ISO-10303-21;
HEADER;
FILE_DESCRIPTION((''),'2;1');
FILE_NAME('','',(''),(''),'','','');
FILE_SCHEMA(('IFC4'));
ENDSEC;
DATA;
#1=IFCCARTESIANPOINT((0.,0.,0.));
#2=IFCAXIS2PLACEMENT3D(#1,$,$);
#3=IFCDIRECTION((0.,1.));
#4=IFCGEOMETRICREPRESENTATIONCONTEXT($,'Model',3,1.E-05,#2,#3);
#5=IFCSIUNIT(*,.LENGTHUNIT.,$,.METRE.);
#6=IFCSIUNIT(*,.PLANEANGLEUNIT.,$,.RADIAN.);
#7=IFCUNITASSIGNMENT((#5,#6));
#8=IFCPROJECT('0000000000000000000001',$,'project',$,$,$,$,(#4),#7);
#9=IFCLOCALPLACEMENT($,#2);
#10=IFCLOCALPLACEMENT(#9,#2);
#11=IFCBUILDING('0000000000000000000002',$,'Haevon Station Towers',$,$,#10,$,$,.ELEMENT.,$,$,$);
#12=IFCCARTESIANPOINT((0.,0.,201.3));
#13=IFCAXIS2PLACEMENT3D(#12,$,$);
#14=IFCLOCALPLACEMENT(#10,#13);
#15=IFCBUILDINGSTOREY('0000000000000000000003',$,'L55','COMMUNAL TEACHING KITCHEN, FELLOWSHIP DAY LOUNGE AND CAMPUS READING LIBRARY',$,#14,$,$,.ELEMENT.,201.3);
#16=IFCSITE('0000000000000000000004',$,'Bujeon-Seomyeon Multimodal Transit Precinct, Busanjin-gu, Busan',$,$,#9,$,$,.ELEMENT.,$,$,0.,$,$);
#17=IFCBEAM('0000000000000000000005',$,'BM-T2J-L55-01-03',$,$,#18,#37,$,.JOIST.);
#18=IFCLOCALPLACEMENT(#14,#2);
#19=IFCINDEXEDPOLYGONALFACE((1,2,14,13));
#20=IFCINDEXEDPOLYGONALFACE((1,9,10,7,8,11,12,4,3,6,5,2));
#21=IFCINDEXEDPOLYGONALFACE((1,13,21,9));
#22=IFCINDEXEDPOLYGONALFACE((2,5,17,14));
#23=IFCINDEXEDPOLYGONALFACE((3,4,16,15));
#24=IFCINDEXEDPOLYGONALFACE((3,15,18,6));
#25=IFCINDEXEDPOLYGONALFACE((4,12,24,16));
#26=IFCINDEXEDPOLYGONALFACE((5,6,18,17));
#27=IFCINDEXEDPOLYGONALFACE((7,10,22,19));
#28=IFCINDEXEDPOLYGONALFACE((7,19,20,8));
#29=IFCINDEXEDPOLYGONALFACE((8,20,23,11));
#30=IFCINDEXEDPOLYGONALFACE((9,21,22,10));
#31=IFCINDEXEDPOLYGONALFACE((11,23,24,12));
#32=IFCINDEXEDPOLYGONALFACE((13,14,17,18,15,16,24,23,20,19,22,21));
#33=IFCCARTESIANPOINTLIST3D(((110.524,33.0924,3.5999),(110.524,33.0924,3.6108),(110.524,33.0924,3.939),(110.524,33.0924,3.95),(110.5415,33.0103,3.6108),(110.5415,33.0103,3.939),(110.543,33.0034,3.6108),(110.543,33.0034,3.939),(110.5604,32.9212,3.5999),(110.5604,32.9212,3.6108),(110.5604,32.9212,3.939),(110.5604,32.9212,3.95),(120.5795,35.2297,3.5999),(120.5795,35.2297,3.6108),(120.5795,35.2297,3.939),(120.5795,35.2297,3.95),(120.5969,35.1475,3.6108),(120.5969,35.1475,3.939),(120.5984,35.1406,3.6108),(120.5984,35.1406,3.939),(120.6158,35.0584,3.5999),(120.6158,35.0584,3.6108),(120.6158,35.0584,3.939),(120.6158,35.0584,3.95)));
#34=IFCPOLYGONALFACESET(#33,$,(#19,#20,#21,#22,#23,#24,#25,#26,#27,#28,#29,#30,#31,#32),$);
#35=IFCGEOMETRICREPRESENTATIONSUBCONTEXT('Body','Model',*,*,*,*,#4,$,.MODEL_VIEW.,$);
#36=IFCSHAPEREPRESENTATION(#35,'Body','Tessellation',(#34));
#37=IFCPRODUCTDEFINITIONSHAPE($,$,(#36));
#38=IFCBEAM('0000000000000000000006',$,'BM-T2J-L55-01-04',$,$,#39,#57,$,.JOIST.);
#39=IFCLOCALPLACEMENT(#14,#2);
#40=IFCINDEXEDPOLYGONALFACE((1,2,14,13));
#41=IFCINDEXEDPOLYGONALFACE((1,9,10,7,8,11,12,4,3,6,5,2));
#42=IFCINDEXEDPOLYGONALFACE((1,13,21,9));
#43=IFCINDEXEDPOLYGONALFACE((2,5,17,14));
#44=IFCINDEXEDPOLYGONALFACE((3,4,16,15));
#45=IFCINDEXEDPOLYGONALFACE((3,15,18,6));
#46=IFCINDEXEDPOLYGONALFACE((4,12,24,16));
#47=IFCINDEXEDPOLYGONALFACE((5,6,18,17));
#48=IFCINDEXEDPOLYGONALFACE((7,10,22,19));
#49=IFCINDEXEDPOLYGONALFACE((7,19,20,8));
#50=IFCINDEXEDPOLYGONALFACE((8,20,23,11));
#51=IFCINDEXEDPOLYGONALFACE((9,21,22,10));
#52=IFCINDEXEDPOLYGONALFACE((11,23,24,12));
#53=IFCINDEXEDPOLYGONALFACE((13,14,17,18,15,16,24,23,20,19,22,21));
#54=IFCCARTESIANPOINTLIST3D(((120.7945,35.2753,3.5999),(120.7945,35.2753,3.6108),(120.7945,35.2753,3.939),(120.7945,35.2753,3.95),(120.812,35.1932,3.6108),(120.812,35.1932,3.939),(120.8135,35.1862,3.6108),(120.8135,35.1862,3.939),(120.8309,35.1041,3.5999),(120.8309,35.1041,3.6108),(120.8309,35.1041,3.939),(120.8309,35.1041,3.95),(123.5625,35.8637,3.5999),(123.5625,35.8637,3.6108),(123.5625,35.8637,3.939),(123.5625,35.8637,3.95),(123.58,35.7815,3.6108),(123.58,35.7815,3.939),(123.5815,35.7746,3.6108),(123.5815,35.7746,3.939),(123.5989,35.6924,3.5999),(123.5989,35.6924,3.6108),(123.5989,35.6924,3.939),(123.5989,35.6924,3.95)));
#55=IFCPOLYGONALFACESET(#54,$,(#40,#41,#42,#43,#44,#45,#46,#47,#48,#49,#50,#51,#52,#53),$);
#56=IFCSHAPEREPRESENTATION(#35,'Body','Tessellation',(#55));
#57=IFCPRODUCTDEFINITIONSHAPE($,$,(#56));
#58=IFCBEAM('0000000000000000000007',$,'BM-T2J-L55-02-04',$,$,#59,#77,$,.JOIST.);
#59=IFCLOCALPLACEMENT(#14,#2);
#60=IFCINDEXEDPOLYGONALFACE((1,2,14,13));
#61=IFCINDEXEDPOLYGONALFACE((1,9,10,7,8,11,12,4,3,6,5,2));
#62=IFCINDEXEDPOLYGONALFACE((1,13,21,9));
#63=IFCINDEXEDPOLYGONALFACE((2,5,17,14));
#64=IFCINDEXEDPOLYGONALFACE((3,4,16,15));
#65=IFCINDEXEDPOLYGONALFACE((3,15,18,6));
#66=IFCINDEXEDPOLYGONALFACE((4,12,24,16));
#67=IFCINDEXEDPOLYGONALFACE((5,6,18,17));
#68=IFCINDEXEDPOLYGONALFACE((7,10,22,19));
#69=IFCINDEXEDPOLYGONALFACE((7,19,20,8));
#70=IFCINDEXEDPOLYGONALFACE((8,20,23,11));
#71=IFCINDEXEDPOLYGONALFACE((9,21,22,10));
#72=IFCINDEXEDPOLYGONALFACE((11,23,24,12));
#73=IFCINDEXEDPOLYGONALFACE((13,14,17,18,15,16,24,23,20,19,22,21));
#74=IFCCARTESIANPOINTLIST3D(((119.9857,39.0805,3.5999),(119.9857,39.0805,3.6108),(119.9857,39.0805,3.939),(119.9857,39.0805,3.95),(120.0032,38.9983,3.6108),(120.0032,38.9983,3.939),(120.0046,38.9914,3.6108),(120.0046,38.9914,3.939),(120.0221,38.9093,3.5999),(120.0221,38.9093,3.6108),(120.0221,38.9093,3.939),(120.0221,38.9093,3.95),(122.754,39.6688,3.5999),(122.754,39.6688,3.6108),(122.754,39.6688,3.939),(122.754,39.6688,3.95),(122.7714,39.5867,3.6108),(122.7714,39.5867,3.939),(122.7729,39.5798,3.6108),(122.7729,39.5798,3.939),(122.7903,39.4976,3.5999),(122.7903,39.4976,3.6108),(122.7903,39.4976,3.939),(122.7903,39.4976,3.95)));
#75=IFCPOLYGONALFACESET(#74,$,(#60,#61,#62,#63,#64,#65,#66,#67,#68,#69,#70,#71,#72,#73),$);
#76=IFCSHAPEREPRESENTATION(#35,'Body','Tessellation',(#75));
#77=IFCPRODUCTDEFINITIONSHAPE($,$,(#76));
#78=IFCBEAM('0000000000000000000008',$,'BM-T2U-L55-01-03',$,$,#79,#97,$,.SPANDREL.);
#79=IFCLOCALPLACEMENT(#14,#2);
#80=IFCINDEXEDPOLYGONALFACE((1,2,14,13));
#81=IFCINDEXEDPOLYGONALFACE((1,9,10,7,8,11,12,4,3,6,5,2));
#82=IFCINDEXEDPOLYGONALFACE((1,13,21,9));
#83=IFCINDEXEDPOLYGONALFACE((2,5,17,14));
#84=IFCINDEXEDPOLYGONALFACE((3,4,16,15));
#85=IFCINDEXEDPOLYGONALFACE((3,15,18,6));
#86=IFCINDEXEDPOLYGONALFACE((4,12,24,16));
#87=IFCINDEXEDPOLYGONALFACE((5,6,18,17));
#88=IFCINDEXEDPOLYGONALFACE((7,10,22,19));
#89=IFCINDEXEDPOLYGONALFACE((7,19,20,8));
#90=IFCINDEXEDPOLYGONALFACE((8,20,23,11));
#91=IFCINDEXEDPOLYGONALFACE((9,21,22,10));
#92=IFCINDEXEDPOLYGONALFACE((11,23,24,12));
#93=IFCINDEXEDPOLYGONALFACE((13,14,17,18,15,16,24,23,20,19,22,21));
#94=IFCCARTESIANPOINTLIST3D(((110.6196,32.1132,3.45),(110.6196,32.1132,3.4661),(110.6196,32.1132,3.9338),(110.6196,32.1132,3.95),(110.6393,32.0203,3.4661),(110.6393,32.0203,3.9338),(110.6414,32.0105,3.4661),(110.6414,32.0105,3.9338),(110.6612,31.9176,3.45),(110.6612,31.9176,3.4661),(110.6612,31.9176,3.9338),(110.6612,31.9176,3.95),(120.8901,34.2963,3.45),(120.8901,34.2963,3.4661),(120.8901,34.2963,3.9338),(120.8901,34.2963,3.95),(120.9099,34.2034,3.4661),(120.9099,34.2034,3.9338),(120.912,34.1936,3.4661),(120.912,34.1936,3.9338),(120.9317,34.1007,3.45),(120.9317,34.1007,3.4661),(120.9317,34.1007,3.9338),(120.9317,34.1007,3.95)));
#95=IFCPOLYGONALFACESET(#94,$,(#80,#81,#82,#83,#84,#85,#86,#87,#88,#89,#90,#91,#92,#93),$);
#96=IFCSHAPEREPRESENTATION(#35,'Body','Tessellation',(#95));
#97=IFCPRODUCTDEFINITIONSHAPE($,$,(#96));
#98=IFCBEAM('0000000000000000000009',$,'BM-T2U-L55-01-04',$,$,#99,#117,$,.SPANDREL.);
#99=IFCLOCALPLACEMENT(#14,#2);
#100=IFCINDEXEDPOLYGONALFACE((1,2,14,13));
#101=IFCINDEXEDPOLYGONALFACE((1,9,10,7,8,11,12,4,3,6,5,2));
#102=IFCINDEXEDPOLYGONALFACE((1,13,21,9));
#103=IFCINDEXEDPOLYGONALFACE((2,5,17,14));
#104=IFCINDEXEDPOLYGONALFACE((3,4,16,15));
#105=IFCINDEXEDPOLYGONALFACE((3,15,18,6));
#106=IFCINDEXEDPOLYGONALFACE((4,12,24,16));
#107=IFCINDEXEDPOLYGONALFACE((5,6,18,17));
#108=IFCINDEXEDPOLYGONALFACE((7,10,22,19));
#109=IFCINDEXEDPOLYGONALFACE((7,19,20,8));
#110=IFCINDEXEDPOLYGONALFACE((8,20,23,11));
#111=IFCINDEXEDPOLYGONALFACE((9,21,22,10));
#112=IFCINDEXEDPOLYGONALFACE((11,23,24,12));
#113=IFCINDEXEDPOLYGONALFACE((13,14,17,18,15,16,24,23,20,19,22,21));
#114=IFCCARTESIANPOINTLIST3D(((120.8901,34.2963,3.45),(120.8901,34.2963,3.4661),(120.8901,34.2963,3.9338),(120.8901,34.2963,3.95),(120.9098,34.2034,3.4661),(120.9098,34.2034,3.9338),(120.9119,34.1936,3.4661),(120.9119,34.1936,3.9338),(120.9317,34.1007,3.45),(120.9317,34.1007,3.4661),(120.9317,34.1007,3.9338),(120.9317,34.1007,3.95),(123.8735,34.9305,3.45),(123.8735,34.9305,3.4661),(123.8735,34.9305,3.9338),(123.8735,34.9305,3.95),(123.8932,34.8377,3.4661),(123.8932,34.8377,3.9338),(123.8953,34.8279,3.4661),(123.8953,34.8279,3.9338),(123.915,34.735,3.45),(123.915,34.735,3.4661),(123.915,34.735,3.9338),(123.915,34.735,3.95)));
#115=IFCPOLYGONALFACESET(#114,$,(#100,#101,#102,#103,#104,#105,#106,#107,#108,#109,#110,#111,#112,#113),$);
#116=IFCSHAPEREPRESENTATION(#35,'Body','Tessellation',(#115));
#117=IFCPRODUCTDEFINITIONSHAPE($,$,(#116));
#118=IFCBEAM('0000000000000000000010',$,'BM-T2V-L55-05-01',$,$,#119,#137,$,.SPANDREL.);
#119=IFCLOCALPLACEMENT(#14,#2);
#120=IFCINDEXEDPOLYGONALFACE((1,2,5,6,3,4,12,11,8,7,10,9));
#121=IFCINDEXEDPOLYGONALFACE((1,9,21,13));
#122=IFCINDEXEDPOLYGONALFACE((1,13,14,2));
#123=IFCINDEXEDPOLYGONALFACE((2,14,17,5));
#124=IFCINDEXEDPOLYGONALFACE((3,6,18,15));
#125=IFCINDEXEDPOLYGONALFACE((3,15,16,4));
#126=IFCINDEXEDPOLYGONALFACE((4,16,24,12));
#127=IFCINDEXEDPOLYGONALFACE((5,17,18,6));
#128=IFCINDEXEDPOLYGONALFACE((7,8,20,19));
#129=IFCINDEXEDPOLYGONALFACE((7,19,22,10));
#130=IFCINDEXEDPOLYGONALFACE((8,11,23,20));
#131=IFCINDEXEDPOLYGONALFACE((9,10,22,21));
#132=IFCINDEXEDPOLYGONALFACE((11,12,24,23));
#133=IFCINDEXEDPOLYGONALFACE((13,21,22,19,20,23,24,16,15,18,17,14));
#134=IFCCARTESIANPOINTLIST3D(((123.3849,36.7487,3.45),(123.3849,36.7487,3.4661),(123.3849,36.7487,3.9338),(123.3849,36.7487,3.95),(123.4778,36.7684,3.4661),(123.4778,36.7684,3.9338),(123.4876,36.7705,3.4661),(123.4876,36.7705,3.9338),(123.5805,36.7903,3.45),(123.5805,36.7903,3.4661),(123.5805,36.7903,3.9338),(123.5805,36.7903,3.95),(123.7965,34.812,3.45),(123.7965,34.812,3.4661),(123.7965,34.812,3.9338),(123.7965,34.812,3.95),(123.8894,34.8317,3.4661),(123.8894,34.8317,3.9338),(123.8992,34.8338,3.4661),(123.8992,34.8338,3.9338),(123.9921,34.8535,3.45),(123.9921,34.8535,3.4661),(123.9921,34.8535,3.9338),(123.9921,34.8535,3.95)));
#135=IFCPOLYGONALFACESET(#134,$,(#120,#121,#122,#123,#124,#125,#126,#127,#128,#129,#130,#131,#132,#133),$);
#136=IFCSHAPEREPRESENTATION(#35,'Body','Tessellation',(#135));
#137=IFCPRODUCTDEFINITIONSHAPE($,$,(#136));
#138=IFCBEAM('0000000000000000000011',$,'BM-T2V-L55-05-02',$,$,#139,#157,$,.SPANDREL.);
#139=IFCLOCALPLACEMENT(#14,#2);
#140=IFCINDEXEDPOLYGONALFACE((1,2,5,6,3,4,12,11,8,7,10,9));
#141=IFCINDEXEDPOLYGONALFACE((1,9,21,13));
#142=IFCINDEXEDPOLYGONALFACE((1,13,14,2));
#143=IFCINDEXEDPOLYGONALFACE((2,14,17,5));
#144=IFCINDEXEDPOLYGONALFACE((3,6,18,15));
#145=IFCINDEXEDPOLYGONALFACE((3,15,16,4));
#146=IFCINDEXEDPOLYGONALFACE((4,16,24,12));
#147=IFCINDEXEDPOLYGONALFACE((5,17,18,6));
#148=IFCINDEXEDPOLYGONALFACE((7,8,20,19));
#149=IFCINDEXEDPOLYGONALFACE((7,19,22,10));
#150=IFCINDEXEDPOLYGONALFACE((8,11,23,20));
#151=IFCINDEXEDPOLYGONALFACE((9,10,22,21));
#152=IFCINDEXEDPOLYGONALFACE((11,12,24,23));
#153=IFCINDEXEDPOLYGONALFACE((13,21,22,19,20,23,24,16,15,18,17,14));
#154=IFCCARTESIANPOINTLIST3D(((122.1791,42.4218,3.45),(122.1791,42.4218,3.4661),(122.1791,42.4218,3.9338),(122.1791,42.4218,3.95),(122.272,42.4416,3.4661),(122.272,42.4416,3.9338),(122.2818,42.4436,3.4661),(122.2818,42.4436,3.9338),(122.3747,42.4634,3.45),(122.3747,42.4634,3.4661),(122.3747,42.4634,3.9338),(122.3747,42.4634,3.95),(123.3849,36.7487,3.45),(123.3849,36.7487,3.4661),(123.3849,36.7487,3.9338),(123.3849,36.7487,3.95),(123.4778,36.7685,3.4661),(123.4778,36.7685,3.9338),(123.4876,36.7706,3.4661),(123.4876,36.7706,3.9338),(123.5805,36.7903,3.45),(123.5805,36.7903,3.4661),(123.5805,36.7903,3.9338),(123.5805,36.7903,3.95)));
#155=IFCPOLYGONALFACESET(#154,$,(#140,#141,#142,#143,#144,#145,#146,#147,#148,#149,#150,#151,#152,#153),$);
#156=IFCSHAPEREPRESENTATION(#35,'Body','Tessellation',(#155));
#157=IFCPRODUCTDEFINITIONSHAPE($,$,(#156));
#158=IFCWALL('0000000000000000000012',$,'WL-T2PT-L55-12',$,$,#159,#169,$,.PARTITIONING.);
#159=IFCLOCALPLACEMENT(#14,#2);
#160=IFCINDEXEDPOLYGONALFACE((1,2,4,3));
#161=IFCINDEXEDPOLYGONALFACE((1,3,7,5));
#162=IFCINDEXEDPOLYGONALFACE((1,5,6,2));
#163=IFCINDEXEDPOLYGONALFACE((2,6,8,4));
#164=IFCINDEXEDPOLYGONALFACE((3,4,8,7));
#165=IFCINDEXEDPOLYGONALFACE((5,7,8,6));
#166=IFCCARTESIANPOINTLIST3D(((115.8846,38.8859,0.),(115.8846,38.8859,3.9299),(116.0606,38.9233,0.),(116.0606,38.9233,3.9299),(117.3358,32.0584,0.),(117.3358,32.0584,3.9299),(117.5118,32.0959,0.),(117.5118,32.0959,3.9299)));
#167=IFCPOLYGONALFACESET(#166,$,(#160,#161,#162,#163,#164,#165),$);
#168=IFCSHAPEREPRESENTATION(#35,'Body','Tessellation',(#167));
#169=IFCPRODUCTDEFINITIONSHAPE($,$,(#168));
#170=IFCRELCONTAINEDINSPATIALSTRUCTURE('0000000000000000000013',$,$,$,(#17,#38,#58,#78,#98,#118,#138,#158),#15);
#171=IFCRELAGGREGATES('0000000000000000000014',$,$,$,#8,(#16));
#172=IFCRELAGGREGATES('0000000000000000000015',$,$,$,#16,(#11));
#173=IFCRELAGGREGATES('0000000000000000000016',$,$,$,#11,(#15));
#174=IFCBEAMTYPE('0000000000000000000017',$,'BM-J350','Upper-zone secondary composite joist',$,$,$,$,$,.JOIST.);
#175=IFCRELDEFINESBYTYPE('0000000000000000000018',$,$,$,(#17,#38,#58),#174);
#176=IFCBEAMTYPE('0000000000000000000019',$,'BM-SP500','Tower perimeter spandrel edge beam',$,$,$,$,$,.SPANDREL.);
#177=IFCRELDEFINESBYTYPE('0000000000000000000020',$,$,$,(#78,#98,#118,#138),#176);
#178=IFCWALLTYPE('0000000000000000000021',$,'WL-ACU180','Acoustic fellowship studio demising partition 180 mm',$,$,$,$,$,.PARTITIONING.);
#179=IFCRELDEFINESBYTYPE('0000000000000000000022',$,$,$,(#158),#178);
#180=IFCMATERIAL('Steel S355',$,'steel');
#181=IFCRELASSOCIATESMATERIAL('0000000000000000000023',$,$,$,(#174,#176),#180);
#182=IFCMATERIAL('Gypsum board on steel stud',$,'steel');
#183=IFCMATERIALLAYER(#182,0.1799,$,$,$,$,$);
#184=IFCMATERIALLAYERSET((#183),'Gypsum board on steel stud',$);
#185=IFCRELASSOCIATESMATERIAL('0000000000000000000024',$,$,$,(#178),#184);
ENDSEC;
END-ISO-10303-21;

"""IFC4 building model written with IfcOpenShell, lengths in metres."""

from ifc_helpers import new_model, si_unit, direction, frame, frame_2d, origin, origin_2d, place, context, subcontext, project, spatial, rectangle, i_section, extrude, material, layer, layer_set, material_profile, profile_set, type_object, element, save


model = new_model("IFC4")

# Units and contexts
model_context = context("Model", 3, precision=1e-05, world=origin(), true_north=direction((0.0, 1.0)))
body_context = subcontext(model_context, "Body", "Model", "MODEL_VIEW")
ifc_project = project(units=[si_unit("LENGTHUNIT", "METRE"), si_unit("PLANEANGLEUNIT", "RADIAN")], contexts=[model_context])

# Site, building, storey
site_placement = place(None, origin())
site = spatial("IfcSite", under=ifc_project, at=site_placement, Name="Bujeon-Seomyeon Multimodal Transit Precinct, Busanjin-gu, Busan", CompositionType="ELEMENT", RefElevation=0.0)
building_placement = place(site_placement, origin())
building = spatial("IfcBuilding", under=site, at=building_placement, Name="Haevon Station Towers", CompositionType="ELEMENT")
storey_placement = place(building_placement, frame((0.0, 0.0, 201.3)))
storey = spatial("IfcBuildingStorey", under=building, at=storey_placement, Name="L55", Description="COMMUNAL TEACHING KITCHEN, FELLOWSHIP DAY LOUNGE AND CAMPUS READING LIBRARY", CompositionType="ELEMENT", Elevation=201.3)

# Shared definitions
ifc_material_1 = material(Name="Steel S355", Category="steel")

# Beams
ifc_material_profile_1 = material_profile(ifc_material_1, i_section(OverallWidth=0.175, OverallDepth=0.3501, WebThickness=0.0071, FlangeThickness=0.011, at=origin_2d()), Name="H-350x175x7x11")
ifc_profile_set_1 = profile_set([ifc_material_profile_1], Name="Steel S355")
beam_type_1 = type_object("IfcBeamType", Name="BM-J350", Description="Upper-zone secondary composite joist", PredefinedType="JOIST", material=ifc_profile_set_1)
beam_1_placement = place(storey_placement, frame((110.5422, 33.0068, 3.7749), z_axis=(0.97815, 0.207899, 0.0), x_axis=(-0.207899, 0.97815, 0.0)))
element("IfcBeam", 1, at=beam_1_placement, inside=storey, type_object=beam_type_1, Name="BM-T2J-L55-01-03", PredefinedType="JOIST", context=body_context, shape_type="SweptSolid", body=[
    extrude(i_section(OverallWidth=0.175, OverallDepth=0.3501, WebThickness=0.0071, FlangeThickness=0.011, at=origin_2d()), origin(), (0.0, 0.0, 1.0), 10.28),
])
beam_2_placement = place(storey_placement, frame((120.8127, 35.1897, 3.7749), z_axis=(0.978147, 0.207914, 0.0), x_axis=(-0.207914, 0.978147, 0.0)))
element("IfcBeam", 2, at=beam_2_placement, inside=storey, type_object=beam_type_1, Name="BM-T2J-L55-01-04", PredefinedType="JOIST", context=body_context, shape_type="SweptSolid", body=[
    extrude(i_section(OverallWidth=0.175, OverallDepth=0.3501, WebThickness=0.0071, FlangeThickness=0.011, at=origin_2d()), origin(), (0.0, 0.0, 1.0), 2.8298),
])
beam_3_placement = place(storey_placement, frame((120.0039, 38.9949, 3.7749), z_axis=(0.978151, 0.207897, 0.0), x_axis=(-0.207897, 0.978151, 0.0)))
element("IfcBeam", 3, at=beam_3_placement, inside=storey, type_object=beam_type_1, Name="BM-T2J-L55-02-04", PredefinedType="JOIST", context=body_context, shape_type="SweptSolid", body=[
    extrude(i_section(OverallWidth=0.175, OverallDepth=0.3501, WebThickness=0.0071, FlangeThickness=0.011, at=origin_2d()), origin(), (0.0, 0.0, 1.0), 2.8301),
])
ifc_material_profile_2 = material_profile(ifc_material_1, i_section(OverallWidth=0.2, OverallDepth=0.5, WebThickness=0.01, FlangeThickness=0.0161, at=origin_2d()), Name="H-500x200x10x16")
ifc_profile_set_2 = profile_set([ifc_material_profile_2], Name="Steel S355")
beam_type_2 = type_object("IfcBeamType", Name="BM-SP500", Description="Tower perimeter spandrel edge beam", PredefinedType="SPANDREL", material=ifc_profile_set_2)
beam_4_placement = place(storey_placement, frame((110.6404, 32.0154, 3.7), z_axis=(0.978147, 0.207915, 0.0), x_axis=(-0.207915, 0.978147, 0.0)))
element("IfcBeam", 4, at=beam_4_placement, inside=storey, type_object=beam_type_2, Name="BM-T2U-L55-01-03", PredefinedType="SPANDREL", context=body_context, shape_type="SweptSolid", body=[
    extrude(i_section(OverallWidth=0.2, OverallDepth=0.5, WebThickness=0.01, FlangeThickness=0.0161, at=origin_2d()), origin(), (0.0, 0.0, 1.0), 10.5),
])
beam_5_placement = place(storey_placement, frame((120.9109, 34.1985, 3.7), z_axis=(0.978139, 0.207954, 0.0), x_axis=(-0.207954, 0.978139, 0.0)))
element("IfcBeam", 5, at=beam_5_placement, inside=storey, type_object=beam_type_2, Name="BM-T2U-L55-01-04", PredefinedType="SPANDREL", context=body_context, shape_type="SweptSolid", body=[
    extrude(i_section(OverallWidth=0.2, OverallDepth=0.5, WebThickness=0.01, FlangeThickness=0.0161, at=origin_2d()), origin(), (0.0, 0.0, 1.0), 3.05),
])
beam_6_placement = place(storey_placement, frame((123.8943, 34.8328, 3.7), z_axis=(-0.207887, 0.978153, 0.0), x_axis=(-0.978153, -0.207887, 0.0)))
element("IfcBeam", 6, at=beam_6_placement, inside=storey, type_object=beam_type_2, Name="BM-T2V-L55-05-01", PredefinedType="SPANDREL", context=body_context, shape_type="SweptSolid", body=[
    extrude(i_section(OverallWidth=0.2, OverallDepth=0.5, WebThickness=0.01, FlangeThickness=0.0161, at=origin_2d()), origin(), (0.0, 0.0, 1.0), 1.98),
])
beam_7_placement = place(storey_placement, frame((123.4827, 36.7695, 3.7), z_axis=(-0.207905, 0.978149, 0.0), x_axis=(-0.978149, -0.207905, 0.0)))
element("IfcBeam", 7, at=beam_7_placement, inside=storey, type_object=beam_type_2, Name="BM-T2V-L55-05-02", PredefinedType="SPANDREL", context=body_context, shape_type="SweptSolid", body=[
    extrude(i_section(OverallWidth=0.2, OverallDepth=0.5, WebThickness=0.01, FlangeThickness=0.0161, at=origin_2d()), origin(), (0.0, 0.0, 1.0), 5.7998),
])

# Wall
ifc_material_2 = material(Name="Gypsum board on steel stud", Category="steel")
ifc_layer_1 = layer(ifc_material_2, 0.1799)
ifc_layer_set_1 = layer_set([ifc_layer_1], Name="Gypsum board on steel stud")
wall_type_1 = type_object("IfcWallType", Name="WL-ACU180", Description="Acoustic fellowship studio demising partition 180 mm", PredefinedType="PARTITIONING", material=ifc_layer_set_1)
wall_1_placement = place(storey_placement, frame((117.4238, 32.0771, 0.0), z_axis=(0.0, 0.0, 1.0), x_axis=(-0.207907, 0.978149, 0.0)))
element("IfcWall", 8, at=wall_1_placement, inside=storey, type_object=wall_type_1, Name="WL-T2PT-L55-12", PredefinedType="PARTITIONING", context=body_context, shape_type="SweptSolid", body=[
    extrude(rectangle(XDim=6.98, YDim=0.1799, at=frame_2d((3.49, 0.0))), origin(), (0.0, 0.0, 1.0), 3.9299),
])

save(model, "model.ifc")
